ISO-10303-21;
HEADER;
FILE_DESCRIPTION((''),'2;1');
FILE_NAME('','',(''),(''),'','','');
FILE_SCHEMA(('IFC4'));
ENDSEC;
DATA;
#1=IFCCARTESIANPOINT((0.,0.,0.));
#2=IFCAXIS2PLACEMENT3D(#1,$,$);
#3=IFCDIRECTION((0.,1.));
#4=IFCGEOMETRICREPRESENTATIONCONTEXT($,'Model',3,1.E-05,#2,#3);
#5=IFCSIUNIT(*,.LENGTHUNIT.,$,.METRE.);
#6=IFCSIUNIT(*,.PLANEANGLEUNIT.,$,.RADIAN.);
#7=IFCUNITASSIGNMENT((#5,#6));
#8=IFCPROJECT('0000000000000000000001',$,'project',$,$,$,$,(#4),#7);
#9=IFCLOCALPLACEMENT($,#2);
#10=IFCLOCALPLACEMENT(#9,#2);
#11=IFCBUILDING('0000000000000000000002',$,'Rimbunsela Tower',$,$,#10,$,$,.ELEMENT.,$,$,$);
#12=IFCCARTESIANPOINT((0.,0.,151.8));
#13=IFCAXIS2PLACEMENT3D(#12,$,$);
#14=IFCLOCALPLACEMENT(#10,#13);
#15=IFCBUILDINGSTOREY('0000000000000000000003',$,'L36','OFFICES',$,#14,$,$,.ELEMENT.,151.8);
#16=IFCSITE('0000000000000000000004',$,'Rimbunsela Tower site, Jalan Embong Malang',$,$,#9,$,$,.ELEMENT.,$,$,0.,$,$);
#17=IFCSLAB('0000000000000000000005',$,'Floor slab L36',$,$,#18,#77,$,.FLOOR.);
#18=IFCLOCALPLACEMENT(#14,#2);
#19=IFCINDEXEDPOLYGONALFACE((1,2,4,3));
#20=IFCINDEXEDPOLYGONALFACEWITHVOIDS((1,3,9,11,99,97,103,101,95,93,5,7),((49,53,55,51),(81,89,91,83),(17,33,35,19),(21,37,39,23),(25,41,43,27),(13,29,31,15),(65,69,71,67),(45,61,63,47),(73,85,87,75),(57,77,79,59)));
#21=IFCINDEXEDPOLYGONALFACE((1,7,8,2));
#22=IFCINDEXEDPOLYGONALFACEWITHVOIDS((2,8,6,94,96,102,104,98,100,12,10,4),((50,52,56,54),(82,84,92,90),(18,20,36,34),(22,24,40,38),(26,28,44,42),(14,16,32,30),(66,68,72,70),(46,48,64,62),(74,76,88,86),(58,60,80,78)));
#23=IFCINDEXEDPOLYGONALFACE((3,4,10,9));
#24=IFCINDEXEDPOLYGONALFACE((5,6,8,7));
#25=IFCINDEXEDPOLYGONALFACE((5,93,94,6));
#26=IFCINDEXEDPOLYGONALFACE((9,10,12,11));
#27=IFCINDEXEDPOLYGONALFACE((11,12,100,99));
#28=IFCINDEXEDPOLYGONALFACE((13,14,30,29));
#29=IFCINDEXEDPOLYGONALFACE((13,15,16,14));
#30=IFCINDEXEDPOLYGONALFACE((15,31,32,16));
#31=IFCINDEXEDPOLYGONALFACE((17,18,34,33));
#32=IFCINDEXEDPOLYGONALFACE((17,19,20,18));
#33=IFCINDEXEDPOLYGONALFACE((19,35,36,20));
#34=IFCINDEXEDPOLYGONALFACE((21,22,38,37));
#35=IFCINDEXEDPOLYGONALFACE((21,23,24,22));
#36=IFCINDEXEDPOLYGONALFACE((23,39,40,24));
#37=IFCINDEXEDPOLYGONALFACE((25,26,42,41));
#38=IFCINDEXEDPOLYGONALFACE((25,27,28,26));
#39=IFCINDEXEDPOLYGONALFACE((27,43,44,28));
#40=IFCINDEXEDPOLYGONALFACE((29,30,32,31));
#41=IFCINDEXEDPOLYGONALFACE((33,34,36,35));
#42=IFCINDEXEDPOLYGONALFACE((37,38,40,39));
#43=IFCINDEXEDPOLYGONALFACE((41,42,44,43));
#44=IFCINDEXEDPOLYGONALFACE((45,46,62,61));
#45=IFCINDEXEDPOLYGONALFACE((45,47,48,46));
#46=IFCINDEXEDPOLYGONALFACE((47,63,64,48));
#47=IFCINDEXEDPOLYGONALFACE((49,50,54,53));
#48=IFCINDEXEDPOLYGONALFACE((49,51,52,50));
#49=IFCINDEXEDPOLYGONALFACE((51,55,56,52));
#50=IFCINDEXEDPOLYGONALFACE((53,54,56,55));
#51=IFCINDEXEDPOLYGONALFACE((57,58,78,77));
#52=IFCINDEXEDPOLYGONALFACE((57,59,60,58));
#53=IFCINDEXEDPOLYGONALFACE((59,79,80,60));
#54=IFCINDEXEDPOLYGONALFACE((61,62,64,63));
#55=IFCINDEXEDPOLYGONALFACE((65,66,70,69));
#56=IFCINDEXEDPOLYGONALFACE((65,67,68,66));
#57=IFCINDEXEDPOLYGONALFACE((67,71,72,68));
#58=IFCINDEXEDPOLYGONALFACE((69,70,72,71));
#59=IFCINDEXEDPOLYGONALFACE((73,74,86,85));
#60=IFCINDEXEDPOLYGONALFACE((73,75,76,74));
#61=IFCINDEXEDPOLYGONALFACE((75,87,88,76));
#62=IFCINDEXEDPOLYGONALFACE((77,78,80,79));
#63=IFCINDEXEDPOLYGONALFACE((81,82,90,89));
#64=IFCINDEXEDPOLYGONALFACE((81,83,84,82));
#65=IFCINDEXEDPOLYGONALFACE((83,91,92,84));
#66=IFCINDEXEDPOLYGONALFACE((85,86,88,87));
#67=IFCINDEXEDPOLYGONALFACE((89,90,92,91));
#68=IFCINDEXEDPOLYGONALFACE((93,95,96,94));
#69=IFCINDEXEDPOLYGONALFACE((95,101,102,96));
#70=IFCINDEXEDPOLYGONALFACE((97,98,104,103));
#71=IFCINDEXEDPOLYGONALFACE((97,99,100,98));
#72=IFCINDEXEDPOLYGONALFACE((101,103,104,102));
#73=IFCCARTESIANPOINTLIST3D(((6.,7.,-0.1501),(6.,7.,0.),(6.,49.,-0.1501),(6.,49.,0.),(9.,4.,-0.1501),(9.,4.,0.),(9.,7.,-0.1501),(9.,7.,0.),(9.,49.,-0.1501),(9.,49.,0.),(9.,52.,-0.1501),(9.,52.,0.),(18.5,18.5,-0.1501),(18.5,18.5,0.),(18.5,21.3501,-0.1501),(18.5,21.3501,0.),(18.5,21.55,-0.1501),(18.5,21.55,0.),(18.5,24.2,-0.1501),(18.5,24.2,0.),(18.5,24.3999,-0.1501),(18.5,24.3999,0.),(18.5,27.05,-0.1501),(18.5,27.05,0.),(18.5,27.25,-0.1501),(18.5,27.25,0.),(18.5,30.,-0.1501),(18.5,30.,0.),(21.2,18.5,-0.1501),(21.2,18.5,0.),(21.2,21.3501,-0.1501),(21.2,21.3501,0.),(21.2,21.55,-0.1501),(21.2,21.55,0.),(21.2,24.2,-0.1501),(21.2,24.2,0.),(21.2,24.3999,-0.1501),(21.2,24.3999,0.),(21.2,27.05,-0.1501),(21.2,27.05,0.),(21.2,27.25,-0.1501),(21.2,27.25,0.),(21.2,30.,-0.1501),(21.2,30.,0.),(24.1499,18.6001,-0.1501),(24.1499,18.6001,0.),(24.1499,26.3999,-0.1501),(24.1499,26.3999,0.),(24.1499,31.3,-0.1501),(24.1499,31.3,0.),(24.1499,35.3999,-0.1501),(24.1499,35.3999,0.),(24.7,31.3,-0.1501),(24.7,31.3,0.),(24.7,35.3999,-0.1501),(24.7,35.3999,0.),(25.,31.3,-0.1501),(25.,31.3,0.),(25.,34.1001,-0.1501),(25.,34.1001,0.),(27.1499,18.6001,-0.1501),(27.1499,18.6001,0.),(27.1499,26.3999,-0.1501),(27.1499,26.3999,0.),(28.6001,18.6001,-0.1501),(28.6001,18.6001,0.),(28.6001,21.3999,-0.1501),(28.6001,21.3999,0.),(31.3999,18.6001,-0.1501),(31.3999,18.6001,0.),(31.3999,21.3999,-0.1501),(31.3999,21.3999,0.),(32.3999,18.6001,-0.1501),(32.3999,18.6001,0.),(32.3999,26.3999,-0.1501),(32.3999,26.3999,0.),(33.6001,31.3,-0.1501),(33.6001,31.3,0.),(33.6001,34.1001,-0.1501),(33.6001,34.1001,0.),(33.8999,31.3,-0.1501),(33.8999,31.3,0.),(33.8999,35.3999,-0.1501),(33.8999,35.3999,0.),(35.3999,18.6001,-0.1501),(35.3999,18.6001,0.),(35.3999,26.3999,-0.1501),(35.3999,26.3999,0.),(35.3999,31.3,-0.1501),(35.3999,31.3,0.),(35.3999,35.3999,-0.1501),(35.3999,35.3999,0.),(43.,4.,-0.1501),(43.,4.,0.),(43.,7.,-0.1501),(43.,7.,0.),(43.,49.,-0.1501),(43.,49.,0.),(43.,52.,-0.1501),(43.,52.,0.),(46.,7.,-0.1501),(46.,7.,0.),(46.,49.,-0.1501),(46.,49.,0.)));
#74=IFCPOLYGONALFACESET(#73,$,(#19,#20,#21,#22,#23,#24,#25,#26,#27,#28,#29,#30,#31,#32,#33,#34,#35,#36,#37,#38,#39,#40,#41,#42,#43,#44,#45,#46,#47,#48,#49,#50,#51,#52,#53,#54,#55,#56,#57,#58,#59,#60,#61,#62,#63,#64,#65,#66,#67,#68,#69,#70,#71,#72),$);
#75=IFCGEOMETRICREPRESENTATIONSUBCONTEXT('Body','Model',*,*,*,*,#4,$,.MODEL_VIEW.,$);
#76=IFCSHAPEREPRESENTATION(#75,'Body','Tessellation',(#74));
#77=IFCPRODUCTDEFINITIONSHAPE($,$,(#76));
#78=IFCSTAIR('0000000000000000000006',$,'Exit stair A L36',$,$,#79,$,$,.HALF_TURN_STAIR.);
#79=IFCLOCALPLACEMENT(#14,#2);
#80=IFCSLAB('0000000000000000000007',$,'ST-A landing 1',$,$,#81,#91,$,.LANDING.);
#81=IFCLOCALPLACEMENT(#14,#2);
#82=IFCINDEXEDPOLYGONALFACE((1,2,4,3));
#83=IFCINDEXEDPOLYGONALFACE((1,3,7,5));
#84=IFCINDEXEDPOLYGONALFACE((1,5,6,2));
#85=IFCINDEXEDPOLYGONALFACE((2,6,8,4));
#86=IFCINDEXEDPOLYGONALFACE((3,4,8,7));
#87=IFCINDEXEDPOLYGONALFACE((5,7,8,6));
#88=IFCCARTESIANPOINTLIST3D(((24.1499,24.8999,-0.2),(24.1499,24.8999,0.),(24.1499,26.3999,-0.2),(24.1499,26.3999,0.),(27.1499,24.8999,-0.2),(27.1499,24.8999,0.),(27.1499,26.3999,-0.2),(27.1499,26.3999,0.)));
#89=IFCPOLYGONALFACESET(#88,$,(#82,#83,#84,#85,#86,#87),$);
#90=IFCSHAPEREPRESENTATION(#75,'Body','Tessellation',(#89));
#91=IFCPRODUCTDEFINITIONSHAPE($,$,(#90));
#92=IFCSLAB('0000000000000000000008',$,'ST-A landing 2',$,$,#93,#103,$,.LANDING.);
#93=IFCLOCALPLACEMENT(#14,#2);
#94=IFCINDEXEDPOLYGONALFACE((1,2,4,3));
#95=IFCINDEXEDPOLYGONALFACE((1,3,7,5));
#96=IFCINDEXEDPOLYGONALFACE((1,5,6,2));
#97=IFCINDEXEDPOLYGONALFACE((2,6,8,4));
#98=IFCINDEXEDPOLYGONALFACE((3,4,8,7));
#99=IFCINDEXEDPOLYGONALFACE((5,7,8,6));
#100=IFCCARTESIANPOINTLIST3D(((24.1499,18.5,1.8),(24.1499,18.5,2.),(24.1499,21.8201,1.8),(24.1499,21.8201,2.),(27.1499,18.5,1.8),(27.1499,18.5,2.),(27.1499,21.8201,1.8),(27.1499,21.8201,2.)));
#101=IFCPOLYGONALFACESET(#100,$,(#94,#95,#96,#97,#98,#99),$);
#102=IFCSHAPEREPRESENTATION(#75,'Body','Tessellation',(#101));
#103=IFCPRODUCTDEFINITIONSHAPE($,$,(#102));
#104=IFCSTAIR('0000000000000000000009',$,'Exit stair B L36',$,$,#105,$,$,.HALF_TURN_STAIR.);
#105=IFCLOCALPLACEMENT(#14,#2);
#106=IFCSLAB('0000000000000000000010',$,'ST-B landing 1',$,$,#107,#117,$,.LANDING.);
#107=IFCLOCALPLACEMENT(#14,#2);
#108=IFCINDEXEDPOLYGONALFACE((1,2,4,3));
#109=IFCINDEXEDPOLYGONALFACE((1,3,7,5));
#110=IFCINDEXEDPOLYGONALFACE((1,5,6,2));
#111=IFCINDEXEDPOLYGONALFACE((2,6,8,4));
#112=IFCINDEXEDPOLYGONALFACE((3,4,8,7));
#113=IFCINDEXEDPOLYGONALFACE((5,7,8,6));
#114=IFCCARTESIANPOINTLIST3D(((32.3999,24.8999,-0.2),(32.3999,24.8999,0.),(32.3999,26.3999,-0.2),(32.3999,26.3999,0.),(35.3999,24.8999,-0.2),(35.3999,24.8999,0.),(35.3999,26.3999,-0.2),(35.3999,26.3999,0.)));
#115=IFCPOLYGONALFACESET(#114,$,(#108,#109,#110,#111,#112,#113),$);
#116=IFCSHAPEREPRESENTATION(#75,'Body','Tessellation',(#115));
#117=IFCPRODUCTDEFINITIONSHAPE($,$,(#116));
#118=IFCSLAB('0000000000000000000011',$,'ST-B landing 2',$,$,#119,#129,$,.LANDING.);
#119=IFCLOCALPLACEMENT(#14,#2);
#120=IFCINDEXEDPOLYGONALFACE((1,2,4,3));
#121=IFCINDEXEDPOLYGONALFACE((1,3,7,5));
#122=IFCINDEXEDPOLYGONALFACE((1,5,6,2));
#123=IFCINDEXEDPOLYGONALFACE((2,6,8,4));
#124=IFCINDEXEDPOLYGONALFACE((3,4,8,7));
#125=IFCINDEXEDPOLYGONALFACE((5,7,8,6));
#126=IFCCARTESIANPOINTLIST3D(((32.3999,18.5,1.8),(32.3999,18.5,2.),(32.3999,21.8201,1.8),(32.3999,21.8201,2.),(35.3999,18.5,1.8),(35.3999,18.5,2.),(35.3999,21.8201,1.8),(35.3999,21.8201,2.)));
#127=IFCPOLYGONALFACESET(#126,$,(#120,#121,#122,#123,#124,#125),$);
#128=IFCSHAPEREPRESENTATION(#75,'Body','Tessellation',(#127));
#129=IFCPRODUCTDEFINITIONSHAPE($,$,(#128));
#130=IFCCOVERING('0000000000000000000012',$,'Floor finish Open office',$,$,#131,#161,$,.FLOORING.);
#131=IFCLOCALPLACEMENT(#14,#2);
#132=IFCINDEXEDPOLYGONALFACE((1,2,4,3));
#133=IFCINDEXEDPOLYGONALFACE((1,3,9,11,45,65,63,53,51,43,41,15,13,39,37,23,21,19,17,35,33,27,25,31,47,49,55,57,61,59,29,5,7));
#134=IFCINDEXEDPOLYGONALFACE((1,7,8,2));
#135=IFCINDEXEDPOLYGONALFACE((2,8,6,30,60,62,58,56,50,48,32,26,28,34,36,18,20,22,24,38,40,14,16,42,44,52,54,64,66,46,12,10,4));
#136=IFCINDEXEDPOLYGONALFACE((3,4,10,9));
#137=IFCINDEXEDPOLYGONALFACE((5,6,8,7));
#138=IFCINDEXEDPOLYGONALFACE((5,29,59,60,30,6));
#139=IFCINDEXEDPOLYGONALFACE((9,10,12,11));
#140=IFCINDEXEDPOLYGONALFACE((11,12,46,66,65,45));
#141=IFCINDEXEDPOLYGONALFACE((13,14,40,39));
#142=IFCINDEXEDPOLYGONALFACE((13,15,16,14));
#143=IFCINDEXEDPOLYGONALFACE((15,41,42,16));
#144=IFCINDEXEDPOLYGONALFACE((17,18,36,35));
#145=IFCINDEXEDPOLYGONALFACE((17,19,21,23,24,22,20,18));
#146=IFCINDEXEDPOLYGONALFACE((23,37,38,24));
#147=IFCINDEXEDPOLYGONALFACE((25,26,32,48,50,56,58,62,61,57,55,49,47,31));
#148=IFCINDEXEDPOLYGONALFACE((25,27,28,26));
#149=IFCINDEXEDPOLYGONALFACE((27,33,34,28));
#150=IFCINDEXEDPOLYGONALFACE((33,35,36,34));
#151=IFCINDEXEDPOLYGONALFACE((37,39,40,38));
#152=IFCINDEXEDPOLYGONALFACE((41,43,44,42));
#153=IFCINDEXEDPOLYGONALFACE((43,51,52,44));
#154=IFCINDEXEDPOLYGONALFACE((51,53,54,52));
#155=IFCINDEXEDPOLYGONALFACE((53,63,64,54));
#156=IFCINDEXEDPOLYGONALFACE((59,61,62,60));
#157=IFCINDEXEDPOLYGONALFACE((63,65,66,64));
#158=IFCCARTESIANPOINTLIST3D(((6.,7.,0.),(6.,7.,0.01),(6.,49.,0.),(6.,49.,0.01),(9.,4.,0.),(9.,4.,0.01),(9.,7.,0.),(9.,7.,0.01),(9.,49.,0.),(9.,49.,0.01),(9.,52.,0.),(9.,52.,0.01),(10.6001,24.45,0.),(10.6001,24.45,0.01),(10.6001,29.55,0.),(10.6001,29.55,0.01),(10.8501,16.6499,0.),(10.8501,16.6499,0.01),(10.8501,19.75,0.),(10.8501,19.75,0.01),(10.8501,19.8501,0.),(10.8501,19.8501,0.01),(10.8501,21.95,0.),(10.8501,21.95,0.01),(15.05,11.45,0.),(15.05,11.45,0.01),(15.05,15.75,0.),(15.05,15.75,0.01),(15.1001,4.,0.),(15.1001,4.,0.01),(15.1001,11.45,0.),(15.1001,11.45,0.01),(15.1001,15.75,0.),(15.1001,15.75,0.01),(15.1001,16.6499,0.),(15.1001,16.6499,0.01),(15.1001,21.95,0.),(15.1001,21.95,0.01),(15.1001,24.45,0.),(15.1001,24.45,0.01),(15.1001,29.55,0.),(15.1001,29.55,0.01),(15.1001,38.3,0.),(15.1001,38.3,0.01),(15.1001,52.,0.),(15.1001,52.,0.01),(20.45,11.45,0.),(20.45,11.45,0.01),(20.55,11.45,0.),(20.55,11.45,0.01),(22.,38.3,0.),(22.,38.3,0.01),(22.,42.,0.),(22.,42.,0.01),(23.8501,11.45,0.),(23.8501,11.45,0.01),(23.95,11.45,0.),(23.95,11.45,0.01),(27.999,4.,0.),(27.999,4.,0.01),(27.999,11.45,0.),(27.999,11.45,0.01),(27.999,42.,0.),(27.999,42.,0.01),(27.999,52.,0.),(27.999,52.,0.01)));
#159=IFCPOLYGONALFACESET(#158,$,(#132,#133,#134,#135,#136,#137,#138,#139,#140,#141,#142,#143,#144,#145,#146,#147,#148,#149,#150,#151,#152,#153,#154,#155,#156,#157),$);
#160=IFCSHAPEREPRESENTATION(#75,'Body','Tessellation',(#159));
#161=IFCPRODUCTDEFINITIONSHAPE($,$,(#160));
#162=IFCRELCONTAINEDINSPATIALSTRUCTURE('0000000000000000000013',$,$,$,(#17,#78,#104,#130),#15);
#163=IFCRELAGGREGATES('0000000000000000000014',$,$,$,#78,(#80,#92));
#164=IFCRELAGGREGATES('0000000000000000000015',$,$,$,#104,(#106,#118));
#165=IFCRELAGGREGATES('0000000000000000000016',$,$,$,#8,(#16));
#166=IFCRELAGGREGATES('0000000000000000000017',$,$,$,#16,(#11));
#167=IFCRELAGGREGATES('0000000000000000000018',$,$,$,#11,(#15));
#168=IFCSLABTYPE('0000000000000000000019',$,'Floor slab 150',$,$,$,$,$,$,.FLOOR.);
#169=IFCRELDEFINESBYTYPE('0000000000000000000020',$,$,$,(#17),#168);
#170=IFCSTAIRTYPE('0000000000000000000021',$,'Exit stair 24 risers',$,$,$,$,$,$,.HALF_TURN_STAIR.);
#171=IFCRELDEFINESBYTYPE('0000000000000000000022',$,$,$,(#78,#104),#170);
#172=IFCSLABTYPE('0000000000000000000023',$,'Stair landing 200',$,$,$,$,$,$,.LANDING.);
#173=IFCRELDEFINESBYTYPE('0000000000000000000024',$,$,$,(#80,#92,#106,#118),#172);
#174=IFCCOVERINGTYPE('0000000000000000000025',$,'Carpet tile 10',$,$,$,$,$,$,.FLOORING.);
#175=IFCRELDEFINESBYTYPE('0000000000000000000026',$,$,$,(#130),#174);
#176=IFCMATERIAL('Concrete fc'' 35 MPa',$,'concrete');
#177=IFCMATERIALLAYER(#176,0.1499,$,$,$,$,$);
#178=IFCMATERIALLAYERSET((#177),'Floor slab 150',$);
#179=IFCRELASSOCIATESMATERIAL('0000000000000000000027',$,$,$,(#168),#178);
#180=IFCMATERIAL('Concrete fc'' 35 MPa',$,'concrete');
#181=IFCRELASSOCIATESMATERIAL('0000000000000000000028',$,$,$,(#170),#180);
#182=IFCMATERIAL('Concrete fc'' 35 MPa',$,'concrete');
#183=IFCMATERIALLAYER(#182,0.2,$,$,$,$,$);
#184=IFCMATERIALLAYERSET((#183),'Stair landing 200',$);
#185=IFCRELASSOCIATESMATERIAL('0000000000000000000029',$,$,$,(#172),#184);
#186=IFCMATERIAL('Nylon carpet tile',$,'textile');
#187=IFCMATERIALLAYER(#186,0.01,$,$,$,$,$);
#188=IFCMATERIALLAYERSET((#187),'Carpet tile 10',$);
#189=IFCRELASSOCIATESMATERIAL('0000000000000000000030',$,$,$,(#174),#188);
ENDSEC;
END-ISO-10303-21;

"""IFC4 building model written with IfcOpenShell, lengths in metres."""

from ifc_helpers import new_model, si_unit, direction, frame, origin, place, context, subcontext, project, spatial, polyline, outline, extrude, material, layer, layer_set, type_object, element, aggregate, save


model = new_model("IFC4")

# Units and contexts
model_context = context("Model", 3, precision=1e-05, world=origin(), true_north=direction((0.0, 1.0)))
body_context = subcontext(model_context, "Body", "Model", "MODEL_VIEW")
ifc_project = project(units=[si_unit("LENGTHUNIT", "METRE"), si_unit("PLANEANGLEUNIT", "RADIAN")], contexts=[model_context])

# Site, building, storey
site_placement = place(None, origin())
site = spatial("IfcSite", under=ifc_project, at=site_placement, Name="Rimbunsela Tower site, Jalan Embong Malang", CompositionType="ELEMENT", RefElevation=0.0)
building_placement = place(site_placement, origin())
building = spatial("IfcBuilding", under=site, at=building_placement, Name="Rimbunsela Tower", CompositionType="ELEMENT")
storey_placement = place(building_placement, frame((0.0, 0.0, 151.8)))
storey = spatial("IfcBuildingStorey", under=building, at=storey_placement, Name="L36", Description="OFFICES", CompositionType="ELEMENT", Elevation=151.8)

# Slab
ifc_material_1 = material(Name="Concrete fc' 35 MPa", Category="concrete")
ifc_layer_1 = layer(ifc_material_1, 0.1499)
ifc_layer_set_1 = layer_set([ifc_layer_1], Name="Floor slab 150")
slab_type_1 = type_object("IfcSlabType", Name="Floor slab 150", PredefinedType="FLOOR", material=ifc_layer_set_1)
slab_1_placement = place(storey_placement, frame((0.0, 0.0, -0.1501)))
element("IfcSlab", 1, at=slab_1_placement, inside=storey, type_object=slab_type_1, Name="Floor slab L36", PredefinedType="FLOOR", context=body_context, shape_type="SweptSolid", body=[
    extrude(outline(polyline([(9.0, 4.0), (43.0, 4.0), (43.0, 7.0), (46.0, 7.0), (46.0, 49.0), (43.0, 49.0), (43.0, 52.0), (9.0, 52.0), (9.0, 49.0), (6.0, 49.0), (6.0, 7.0), (9.0, 7.0), (9.0, 4.0)]), holes=[polyline([(21.2, 21.3501), (18.5, 21.3501), (18.5, 18.5), (21.2, 18.5), (21.2, 21.3501)]), polyline([(21.2, 21.55), (21.2, 24.2), (18.5, 24.2), (18.5, 21.55), (21.2, 21.55)]), polyline([(21.2, 27.05), (18.5, 27.05), (18.5, 24.3999), (21.2, 24.3999), (21.2, 27.05)]), polyline([(21.2, 27.25), (21.2, 30.0), (18.5, 30.0), (18.5, 27.25), (21.2, 27.25)]), polyline([(27.1499, 18.6001), (27.1499, 26.3999), (24.1499, 26.3999), (24.1499, 18.6001), (27.1499, 18.6001)]), polyline([(24.7, 31.3), (24.7, 35.3999), (24.1499, 35.3999), (24.1499, 31.3), (24.7, 31.3)]), polyline([(25.0, 34.1001), (25.0, 31.3), (33.6001, 31.3), (33.6001, 34.1001), (25.0, 34.1001)]), polyline([(31.3999, 21.3999), (28.6001, 21.3999), (28.6001, 18.6001), (31.3999, 18.6001), (31.3999, 21.3999)]), polyline([(35.3999, 18.6001), (35.3999, 26.3999), (32.3999, 26.3999), (32.3999, 18.6001), (35.3999, 18.6001)]), polyline([(35.3999, 31.3), (35.3999, 35.3999), (33.8999, 35.3999), (33.8999, 31.3), (35.3999, 31.3)])]), origin(), (0.0, 0.0, 1.0), 0.1501),
])

# Stairs, slabs
ifc_material_2 = material(Name="Concrete fc' 35 MPa", Category="concrete")
stair_type = type_object("IfcStairType", Name="Exit stair 24 risers", PredefinedType="HALF_TURN_STAIR", material=ifc_material_2)
stair_1_placement = place(storey_placement, origin())
stair_1 = element("IfcStair", 2, at=stair_1_placement, inside=storey, type_object=stair_type, Name="Exit stair A L36", PredefinedType="HALF_TURN_STAIR")
ifc_material_3 = material(Name="Concrete fc' 35 MPa", Category="concrete")
ifc_layer_2 = layer(ifc_material_3, 0.2)
ifc_layer_set_2 = layer_set([ifc_layer_2], Name="Stair landing 200")
slab_type_2 = type_object("IfcSlabType", Name="Stair landing 200", PredefinedType="LANDING", material=ifc_layer_set_2)
slab_2_placement = place(storey_placement, frame((0.0, 0.0, -0.2)))
slab_2 = element("IfcSlab", 3, at=slab_2_placement, type_object=slab_type_2, Name="ST-A landing 1", PredefinedType="LANDING", context=body_context, shape_type="SweptSolid", body=[
    extrude(outline(polyline([(24.1499, 24.8999), (27.1499, 24.8999), (27.1499, 26.3999), (24.1499, 26.3999), (24.1499, 24.8999)])), origin(), (0.0, 0.0, 1.0), 0.2),
])
slab_3_placement = place(storey_placement, frame((0.0, 0.0, 1.8)))
slab_3 = element("IfcSlab", 4, at=slab_3_placement, type_object=slab_type_2, Name="ST-A landing 2", PredefinedType="LANDING", context=body_context, shape_type="SweptSolid", body=[
    extrude(outline(polyline([(24.1499, 18.5), (27.1499, 18.5), (27.1499, 21.8201), (24.1499, 21.8201), (24.1499, 18.5)])), origin(), (0.0, 0.0, 1.0), 0.2),
])
aggregate(stair_1, [slab_2, slab_3])
stair_2_placement = place(storey_placement, origin())
stair_2 = element("IfcStair", 5, at=stair_2_placement, inside=storey, type_object=stair_type, Name="Exit stair B L36", PredefinedType="HALF_TURN_STAIR")
slab_4_placement = place(storey_placement, frame((0.0, 0.0, -0.2)))
slab_4 = element("IfcSlab", 6, at=slab_4_placement, type_object=slab_type_2, Name="ST-B landing 1", PredefinedType="LANDING", context=body_context, shape_type="SweptSolid", body=[
    extrude(outline(polyline([(32.3999, 24.8999), (35.3999, 24.8999), (35.3999, 26.3999), (32.3999, 26.3999), (32.3999, 24.8999)])), origin(), (0.0, 0.0, 1.0), 0.2),
])
slab_5_placement = place(storey_placement, frame((0.0, 0.0, 1.8)))
slab_5 = element("IfcSlab", 7, at=slab_5_placement, type_object=slab_type_2, Name="ST-B landing 2", PredefinedType="LANDING", context=body_context, shape_type="SweptSolid", body=[
    extrude(outline(polyline([(32.3999, 18.5), (35.3999, 18.5), (35.3999, 21.8201), (32.3999, 21.8201), (32.3999, 18.5)])), origin(), (0.0, 0.0, 1.0), 0.2),
])
aggregate(stair_2, [slab_4, slab_5])

# Covering
ifc_material_4 = material(Name="Nylon carpet tile", Category="textile")
ifc_layer_3 = layer(ifc_material_4, 0.01)
ifc_layer_set_3 = layer_set([ifc_layer_3], Name="Carpet tile 10")
covering_type_1 = type_object("IfcCoveringType", Name="Carpet tile 10", PredefinedType="FLOORING", material=ifc_layer_set_3)
covering_1_placement = place(storey_placement, origin())
element("IfcCovering", 8, at=covering_1_placement, inside=storey, type_object=covering_type_1, Name="Floor finish Open office", PredefinedType="FLOORING", context=body_context, shape_type="SweptSolid", body=[
    extrude(outline(polyline([(20.55, 11.45), (23.8501, 11.45), (23.95, 11.45), (27.999, 11.45), (27.999, 4.0), (15.1001, 4.0), (9.0, 4.0), (9.0, 7.0), (6.0, 7.0), (6.0, 49.0), (9.0, 49.0), (9.0, 52.0), (15.1001, 52.0), (27.999, 52.0), (27.999, 42.0), (22.0, 42.0), (22.0, 38.3), (15.1001, 38.3), (15.1001, 29.55), (10.6001, 29.55), (10.6001, 24.45), (15.1001, 24.45), (15.1001, 21.95), (10.8501, 21.95), (10.8501, 19.8501), (10.8501, 19.75), (10.8501, 16.6499), (15.1001, 16.6499), (15.1001, 15.75), (15.05, 15.75), (15.05, 11.45), (15.1001, 11.45), (20.45, 11.45), (20.55, 11.45)])), origin(), (0.0, 0.0, 1.0), 0.01),
])

save(model, "model.ifc")
